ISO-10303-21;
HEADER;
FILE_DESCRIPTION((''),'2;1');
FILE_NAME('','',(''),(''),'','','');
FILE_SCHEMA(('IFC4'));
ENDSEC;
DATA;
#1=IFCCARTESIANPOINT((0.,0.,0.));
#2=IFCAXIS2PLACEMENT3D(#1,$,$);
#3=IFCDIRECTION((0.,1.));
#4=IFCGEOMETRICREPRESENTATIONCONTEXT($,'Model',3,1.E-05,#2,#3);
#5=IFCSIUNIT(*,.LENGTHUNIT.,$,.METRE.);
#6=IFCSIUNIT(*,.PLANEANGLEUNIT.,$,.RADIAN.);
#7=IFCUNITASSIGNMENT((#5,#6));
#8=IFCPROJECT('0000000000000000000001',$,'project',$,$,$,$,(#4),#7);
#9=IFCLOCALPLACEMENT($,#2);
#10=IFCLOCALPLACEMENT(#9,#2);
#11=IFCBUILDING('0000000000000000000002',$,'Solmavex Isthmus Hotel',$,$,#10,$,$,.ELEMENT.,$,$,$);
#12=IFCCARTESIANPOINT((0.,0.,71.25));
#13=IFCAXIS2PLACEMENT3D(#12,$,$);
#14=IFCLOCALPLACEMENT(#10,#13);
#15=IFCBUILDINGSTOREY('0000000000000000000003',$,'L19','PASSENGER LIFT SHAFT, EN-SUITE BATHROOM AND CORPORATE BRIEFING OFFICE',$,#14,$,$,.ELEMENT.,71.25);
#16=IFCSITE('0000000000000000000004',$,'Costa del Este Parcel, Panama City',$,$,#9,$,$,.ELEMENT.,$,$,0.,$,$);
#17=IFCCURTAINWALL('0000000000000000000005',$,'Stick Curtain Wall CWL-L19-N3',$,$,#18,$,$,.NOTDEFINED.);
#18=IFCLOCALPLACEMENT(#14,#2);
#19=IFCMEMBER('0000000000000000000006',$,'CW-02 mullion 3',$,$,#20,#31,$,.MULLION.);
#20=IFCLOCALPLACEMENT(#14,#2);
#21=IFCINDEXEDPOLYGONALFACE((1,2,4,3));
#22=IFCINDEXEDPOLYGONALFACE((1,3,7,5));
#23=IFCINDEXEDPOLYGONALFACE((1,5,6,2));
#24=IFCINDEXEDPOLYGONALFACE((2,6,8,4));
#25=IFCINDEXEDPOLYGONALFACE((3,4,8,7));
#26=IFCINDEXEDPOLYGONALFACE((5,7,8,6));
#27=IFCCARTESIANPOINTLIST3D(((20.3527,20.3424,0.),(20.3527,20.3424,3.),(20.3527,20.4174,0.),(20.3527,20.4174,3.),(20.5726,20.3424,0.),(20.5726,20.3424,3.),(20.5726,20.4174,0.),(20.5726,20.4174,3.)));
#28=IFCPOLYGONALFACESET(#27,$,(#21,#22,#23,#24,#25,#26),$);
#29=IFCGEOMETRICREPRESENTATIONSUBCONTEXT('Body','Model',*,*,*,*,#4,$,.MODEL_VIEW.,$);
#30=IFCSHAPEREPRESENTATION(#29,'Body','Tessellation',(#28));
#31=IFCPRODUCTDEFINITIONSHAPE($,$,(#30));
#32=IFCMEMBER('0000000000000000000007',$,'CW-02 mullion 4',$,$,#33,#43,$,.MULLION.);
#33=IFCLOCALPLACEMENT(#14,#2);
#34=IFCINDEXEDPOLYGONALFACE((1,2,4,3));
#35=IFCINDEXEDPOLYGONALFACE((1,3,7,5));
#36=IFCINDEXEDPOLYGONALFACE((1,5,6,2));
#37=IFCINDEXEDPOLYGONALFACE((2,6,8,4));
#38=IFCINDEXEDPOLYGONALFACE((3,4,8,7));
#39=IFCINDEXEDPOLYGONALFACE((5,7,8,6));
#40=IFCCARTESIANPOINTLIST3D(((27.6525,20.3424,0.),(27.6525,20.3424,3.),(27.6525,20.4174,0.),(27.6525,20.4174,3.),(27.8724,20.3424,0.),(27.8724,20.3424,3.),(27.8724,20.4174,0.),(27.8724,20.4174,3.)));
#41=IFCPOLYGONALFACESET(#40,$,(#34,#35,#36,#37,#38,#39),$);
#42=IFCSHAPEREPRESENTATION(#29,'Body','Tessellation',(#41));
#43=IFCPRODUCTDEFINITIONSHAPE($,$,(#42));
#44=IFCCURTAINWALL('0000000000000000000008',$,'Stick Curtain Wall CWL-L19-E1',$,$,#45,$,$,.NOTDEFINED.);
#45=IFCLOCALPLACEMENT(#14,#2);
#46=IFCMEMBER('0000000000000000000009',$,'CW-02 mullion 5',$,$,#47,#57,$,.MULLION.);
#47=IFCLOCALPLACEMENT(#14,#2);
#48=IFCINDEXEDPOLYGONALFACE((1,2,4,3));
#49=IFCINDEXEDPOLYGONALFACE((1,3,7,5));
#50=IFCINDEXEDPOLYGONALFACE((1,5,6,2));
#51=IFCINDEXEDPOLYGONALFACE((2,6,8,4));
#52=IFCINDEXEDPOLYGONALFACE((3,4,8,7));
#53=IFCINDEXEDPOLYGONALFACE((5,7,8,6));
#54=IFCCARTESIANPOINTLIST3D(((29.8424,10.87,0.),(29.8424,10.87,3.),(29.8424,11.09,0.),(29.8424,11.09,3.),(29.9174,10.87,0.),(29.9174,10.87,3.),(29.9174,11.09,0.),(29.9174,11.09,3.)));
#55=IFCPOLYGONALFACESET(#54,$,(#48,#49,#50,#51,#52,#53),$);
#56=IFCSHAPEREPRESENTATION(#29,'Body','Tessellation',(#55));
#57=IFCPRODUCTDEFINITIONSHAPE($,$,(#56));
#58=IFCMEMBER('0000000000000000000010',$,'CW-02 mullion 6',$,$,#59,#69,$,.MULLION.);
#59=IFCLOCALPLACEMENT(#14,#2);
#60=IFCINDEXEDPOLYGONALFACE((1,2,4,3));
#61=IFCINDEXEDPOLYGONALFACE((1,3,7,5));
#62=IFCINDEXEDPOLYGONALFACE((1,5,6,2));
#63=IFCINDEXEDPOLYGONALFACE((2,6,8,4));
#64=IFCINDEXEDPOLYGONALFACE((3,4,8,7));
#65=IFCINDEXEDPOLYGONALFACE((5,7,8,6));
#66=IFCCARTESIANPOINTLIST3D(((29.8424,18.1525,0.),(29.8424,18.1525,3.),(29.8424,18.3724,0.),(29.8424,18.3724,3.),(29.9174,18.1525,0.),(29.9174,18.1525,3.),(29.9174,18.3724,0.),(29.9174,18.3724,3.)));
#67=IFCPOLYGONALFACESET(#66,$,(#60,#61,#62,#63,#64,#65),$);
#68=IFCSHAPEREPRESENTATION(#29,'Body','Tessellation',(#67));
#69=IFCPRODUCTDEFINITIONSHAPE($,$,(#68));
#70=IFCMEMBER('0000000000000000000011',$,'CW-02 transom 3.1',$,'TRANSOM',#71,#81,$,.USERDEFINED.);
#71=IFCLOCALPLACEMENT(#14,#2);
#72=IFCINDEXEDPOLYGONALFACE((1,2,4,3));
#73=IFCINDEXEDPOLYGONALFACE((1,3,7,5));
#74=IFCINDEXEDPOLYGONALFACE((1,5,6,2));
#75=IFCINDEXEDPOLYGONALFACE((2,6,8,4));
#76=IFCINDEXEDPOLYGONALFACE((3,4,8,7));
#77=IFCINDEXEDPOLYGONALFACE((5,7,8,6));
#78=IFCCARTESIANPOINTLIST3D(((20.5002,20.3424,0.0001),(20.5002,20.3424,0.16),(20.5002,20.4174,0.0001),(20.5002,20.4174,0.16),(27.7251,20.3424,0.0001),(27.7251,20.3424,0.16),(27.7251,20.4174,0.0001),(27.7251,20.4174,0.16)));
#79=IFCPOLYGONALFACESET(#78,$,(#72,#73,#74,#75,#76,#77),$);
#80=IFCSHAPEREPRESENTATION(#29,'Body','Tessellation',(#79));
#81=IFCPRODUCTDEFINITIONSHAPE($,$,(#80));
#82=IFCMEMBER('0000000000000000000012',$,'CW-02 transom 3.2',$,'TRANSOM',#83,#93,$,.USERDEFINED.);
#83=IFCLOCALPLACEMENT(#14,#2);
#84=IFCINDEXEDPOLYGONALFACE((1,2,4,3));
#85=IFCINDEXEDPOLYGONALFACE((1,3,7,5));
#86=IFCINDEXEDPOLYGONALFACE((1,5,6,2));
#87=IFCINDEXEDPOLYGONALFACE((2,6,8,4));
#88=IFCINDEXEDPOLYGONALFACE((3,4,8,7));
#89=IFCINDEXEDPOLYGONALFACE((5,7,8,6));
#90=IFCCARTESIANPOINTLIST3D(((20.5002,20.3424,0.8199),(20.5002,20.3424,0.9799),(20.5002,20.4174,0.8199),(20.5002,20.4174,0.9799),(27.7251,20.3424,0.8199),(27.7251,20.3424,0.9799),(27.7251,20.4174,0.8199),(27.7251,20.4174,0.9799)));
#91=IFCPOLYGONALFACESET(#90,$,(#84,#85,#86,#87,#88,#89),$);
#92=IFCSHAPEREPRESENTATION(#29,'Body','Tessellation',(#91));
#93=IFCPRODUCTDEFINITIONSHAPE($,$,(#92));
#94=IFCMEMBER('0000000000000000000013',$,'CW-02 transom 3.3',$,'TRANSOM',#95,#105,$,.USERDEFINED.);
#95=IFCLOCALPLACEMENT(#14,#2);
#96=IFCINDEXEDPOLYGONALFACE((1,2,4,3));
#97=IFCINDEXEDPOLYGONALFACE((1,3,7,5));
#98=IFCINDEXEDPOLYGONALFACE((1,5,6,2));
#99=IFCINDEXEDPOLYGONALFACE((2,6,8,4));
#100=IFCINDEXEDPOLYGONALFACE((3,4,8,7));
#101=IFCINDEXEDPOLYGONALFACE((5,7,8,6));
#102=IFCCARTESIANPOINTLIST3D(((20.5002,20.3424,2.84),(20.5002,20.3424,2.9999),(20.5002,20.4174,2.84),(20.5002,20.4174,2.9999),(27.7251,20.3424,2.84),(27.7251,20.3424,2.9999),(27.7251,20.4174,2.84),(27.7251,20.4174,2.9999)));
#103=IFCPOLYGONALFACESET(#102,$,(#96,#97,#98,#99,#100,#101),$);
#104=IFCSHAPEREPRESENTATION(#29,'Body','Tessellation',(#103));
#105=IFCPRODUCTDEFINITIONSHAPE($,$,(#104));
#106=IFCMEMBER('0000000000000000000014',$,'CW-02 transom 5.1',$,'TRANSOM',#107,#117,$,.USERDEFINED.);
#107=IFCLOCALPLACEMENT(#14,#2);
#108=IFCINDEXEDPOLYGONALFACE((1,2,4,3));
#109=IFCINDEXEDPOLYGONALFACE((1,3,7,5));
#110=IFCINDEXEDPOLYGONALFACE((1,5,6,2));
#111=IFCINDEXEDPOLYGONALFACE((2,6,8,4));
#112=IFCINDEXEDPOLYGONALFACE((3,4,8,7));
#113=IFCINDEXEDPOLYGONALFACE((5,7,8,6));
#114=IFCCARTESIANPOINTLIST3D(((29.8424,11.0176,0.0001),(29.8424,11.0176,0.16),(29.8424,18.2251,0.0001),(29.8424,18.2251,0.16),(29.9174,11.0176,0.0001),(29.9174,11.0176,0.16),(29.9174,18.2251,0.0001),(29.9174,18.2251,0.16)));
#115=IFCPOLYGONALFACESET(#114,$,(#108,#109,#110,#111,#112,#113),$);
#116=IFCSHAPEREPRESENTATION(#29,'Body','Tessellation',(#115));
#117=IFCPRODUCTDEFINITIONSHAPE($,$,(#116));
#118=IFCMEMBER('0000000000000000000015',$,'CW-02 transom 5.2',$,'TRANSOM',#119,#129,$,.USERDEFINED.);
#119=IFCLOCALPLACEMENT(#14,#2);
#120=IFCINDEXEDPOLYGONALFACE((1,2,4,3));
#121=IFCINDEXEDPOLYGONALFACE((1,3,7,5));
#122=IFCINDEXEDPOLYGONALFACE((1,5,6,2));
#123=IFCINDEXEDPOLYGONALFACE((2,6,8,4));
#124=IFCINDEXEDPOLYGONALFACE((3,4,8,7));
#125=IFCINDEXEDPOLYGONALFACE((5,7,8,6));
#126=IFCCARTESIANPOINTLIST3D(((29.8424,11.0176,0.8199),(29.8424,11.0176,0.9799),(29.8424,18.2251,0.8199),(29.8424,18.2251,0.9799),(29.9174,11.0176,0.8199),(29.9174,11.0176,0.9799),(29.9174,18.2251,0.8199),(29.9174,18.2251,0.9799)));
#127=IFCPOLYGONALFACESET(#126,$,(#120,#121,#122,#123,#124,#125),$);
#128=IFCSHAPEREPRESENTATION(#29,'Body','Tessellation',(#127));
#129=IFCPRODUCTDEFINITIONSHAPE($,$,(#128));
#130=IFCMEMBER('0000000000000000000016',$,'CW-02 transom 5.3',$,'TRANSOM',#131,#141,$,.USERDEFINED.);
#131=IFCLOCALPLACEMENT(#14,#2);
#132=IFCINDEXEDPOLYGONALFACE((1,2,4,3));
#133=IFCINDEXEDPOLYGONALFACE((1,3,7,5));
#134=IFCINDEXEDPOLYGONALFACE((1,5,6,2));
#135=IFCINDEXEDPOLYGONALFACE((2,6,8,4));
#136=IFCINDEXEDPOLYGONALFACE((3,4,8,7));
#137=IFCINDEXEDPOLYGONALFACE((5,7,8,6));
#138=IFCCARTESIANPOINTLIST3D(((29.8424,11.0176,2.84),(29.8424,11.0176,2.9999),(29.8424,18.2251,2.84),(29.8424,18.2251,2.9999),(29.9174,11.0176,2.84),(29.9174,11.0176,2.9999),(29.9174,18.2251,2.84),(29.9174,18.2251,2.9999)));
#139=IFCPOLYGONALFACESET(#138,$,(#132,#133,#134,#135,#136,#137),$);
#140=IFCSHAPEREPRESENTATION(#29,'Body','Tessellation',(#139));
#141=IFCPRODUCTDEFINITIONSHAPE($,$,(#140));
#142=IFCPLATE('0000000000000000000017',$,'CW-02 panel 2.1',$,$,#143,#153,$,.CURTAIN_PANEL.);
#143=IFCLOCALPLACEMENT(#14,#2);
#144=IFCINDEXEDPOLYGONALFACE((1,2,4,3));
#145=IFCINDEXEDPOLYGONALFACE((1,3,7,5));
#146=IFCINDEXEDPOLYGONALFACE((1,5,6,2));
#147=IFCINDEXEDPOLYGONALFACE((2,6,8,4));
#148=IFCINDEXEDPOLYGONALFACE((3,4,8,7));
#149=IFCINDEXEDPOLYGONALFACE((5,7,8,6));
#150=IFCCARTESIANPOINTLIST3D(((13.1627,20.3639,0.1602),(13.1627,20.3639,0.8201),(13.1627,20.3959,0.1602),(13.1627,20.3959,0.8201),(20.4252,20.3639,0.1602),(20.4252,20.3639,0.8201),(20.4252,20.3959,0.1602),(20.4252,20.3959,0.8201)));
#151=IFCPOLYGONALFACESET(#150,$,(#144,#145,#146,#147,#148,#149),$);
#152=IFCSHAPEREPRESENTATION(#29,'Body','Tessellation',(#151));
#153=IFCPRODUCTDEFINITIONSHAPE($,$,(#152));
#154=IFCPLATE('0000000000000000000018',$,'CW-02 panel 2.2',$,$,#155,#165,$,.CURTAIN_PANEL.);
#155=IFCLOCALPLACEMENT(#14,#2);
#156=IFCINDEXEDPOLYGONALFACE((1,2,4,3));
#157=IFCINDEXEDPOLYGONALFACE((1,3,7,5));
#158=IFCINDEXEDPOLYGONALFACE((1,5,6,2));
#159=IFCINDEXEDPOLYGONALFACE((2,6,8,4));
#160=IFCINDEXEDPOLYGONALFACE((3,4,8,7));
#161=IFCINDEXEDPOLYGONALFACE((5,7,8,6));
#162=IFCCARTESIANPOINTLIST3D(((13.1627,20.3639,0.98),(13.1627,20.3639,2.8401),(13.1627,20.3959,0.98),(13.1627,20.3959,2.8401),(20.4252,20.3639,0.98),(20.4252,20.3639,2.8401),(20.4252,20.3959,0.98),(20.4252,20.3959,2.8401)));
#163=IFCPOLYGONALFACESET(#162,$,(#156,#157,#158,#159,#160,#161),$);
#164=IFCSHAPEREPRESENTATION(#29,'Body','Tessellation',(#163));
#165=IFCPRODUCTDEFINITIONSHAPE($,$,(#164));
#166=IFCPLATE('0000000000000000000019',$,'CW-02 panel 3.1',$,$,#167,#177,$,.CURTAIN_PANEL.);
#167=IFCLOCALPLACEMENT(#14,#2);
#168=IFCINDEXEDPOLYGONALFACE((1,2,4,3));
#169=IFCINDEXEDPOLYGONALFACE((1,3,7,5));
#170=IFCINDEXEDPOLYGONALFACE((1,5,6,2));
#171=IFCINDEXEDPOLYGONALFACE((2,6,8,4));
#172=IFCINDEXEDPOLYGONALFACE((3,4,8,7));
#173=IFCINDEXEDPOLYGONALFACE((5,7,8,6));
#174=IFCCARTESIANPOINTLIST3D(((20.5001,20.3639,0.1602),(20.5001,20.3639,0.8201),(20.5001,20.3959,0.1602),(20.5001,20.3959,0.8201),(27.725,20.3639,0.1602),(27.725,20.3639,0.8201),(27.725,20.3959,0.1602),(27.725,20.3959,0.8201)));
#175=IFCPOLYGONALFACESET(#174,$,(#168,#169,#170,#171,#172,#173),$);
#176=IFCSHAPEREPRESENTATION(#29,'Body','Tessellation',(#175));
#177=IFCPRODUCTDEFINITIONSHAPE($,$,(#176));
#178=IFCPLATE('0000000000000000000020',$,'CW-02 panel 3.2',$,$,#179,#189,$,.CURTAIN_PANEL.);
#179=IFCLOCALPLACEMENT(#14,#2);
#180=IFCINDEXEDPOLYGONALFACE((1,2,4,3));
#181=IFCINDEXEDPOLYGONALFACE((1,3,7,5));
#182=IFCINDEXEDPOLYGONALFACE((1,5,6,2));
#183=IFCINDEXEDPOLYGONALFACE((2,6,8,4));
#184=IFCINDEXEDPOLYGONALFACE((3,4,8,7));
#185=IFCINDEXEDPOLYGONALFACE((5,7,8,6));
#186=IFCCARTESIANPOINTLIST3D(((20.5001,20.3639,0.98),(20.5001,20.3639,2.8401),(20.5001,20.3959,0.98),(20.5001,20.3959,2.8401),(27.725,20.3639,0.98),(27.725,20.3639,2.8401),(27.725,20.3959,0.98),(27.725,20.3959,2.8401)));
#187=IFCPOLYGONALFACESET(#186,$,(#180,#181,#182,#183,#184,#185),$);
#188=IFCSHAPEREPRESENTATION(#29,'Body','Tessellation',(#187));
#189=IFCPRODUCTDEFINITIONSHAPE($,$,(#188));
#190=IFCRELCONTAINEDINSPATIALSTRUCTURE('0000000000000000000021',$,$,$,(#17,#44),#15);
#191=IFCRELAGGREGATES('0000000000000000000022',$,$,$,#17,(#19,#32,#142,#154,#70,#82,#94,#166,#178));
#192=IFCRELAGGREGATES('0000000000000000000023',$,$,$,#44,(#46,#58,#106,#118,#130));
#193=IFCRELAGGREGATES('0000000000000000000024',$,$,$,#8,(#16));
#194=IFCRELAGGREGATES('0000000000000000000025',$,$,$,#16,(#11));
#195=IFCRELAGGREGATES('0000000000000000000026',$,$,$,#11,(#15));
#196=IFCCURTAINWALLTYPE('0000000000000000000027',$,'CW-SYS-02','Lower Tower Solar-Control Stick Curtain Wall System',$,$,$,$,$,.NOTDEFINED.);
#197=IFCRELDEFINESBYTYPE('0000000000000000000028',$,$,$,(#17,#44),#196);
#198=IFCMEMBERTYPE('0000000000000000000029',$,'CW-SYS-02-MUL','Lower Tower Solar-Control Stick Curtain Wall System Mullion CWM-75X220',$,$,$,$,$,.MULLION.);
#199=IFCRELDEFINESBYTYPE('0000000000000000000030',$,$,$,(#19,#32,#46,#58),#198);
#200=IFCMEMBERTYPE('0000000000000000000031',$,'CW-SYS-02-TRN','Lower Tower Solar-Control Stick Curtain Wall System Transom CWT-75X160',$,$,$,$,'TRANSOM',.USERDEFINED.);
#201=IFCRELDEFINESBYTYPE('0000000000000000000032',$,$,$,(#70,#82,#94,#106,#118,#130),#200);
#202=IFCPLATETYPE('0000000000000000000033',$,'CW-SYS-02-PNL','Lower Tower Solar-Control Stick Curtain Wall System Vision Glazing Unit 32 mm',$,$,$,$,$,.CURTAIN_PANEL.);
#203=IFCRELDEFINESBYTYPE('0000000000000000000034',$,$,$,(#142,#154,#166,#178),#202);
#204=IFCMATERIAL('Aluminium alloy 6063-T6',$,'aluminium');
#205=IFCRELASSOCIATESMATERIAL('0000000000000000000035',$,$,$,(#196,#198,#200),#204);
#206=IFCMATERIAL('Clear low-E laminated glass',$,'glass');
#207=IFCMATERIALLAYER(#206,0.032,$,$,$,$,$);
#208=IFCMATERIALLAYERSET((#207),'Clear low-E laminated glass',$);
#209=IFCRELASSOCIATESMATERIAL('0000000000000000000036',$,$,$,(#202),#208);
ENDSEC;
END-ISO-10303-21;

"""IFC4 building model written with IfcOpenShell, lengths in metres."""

from ifc_helpers import new_model, si_unit, direction, frame, origin, origin_2d, place, context, subcontext, project, spatial, rectangle, extrude, material, layer, layer_set, material_profile, profile_set, type_object, element, aggregate, save


model = new_model("IFC4")

# Units and contexts
model_context = context("Model", 3, precision=1e-05, world=origin(), true_north=direction((0.0, 1.0)))
body_context = subcontext(model_context, "Body", "Model", "MODEL_VIEW")
ifc_project = project(units=[si_unit("LENGTHUNIT", "METRE"), si_unit("PLANEANGLEUNIT", "RADIAN")], contexts=[model_context])

# Site, building, storey
site_placement = place(None, origin())
site = spatial("IfcSite", under=ifc_project, at=site_placement, Name="Costa del Este Parcel, Panama City", CompositionType="ELEMENT", RefElevation=0.0)
building_placement = place(site_placement, origin())
building = spatial("IfcBuilding", under=site, at=building_placement, Name="Solmavex Isthmus Hotel", CompositionType="ELEMENT")
storey_placement = place(building_placement, frame((0.0, 0.0, 71.25)))
storey = spatial("IfcBuildingStorey", under=building, at=storey_placement, Name="L19", Description="PASSENGER LIFT SHAFT, EN-SUITE BATHROOM AND CORPORATE BRIEFING OFFICE", CompositionType="ELEMENT", Elevation=71.25)

# Curtain walls, members
ifc_material_1 = material(Name="Aluminium alloy 6063-T6", Category="aluminium")
curtain_wall_type = type_object("IfcCurtainWallType", Name="CW-SYS-02", Description="Lower Tower Solar-Control Stick Curtain Wall System", PredefinedType="NOTDEFINED", material=ifc_material_1)
curtain_wall_1_placement = place(storey_placement, origin())
curtain_wall_1 = element("IfcCurtainWall", 1, at=curtain_wall_1_placement, inside=storey, type_object=curtain_wall_type, Name="Stick Curtain Wall CWL-L19-N3", PredefinedType="NOTDEFINED")
ifc_material_profile_1 = material_profile(ifc_material_1, rectangle(XDim=0.075, YDim=0.22, at=origin_2d()), Name="CWM-75X220")
ifc_profile_set_1 = profile_set([ifc_material_profile_1], Name="Aluminium alloy 6063-T6")
member_type_1 = type_object("IfcMemberType", Name="CW-SYS-02-MUL", Description="Lower Tower Solar-Control Stick Curtain Wall System Mullion CWM-75X220", PredefinedType="MULLION", material=ifc_profile_set_1)
member_1_placement = place(storey_placement, frame((20.4626, 20.3799, 0.0), z_axis=(0.0, 0.0, 1.0), x_axis=(0.0, 1.0, 0.0)))
member_1 = element("IfcMember", 2, at=member_1_placement, type_object=member_type_1, Name="CW-02 mullion 3", PredefinedType="MULLION", context=body_context, shape_type="SweptSolid", body=[
    extrude(rectangle(XDim=0.075, YDim=0.22, at=origin_2d()), origin(), (0.0, 0.0, 1.0), 3.0),
])
member_2_placement = place(storey_placement, frame((27.7625, 20.3799, 0.0), z_axis=(0.0, 0.0, 1.0), x_axis=(0.0, 1.0, 0.0)))
member_2 = element("IfcMember", 3, at=member_2_placement, type_object=member_type_1, Name="CW-02 mullion 4", PredefinedType="MULLION", context=body_context, shape_type="SweptSolid", body=[
    extrude(rectangle(XDim=0.075, YDim=0.22, at=origin_2d()), origin(), (0.0, 0.0, 1.0), 3.0),
])
curtain_wall_2_placement = place(storey_placement, origin())
curtain_wall_2 = element("IfcCurtainWall", 4, at=curtain_wall_2_placement, inside=storey, type_object=curtain_wall_type, Name="Stick Curtain Wall CWL-L19-E1", PredefinedType="NOTDEFINED")
member_3_placement = place(storey_placement, frame((29.8799, 10.98, 0.0), z_axis=(0.0, 0.0, 1.0), x_axis=(-1.0, 0.0, 0.0)))
member_3 = element("IfcMember", 5, at=member_3_placement, type_object=member_type_1, Name="CW-02 mullion 5", PredefinedType="MULLION", context=body_context, shape_type="SweptSolid", body=[
    extrude(rectangle(XDim=0.075, YDim=0.22, at=origin_2d()), origin(), (0.0, 0.0, 1.0), 3.0),
])
member_4_placement = place(storey_placement, frame((29.8799, 18.2625, 0.0), z_axis=(0.0, 0.0, 1.0), x_axis=(-1.0, 0.0, 0.0)))
member_4 = element("IfcMember", 6, at=member_4_placement, type_object=member_type_1, Name="CW-02 mullion 6", PredefinedType="MULLION", context=body_context, shape_type="SweptSolid", body=[
    extrude(rectangle(XDim=0.075, YDim=0.22, at=origin_2d()), origin(), (0.0, 0.0, 1.0), 3.0),
])

# Members
ifc_material_profile_2 = material_profile(ifc_material_1, rectangle(XDim=0.075, YDim=0.1599, at=origin_2d()), Name="CWT-75X160")
ifc_profile_set_2 = profile_set([ifc_material_profile_2], Name="Aluminium alloy 6063-T6")
member_type_2 = type_object("IfcMemberType", Name="CW-SYS-02-TRN", Description="Lower Tower Solar-Control Stick Curtain Wall System Transom CWT-75X160", ElementType="TRANSOM", PredefinedType="USERDEFINED", material=ifc_profile_set_2)
member_5_placement = place(storey_placement, frame((20.5002, 20.3799, 0.0801), z_axis=(1.0, 0.0, 0.0), x_axis=(0.0, 1.0, 0.0)))
member_5 = element("IfcMember", 7, at=member_5_placement, type_object=member_type_2, Name="CW-02 transom 3.1", ObjectType="TRANSOM", PredefinedType="USERDEFINED", context=body_context, shape_type="SweptSolid", body=[
    extrude(rectangle(XDim=0.075, YDim=0.1599, at=origin_2d()), origin(), (0.0, 0.0, 1.0), 7.2249),
])
member_6_placement = place(storey_placement, frame((20.5002, 20.3799, 0.8999), z_axis=(1.0, 0.0, 0.0), x_axis=(0.0, 1.0, 0.0)))
member_6 = element("IfcMember", 8, at=member_6_placement, type_object=member_type_2, Name="CW-02 transom 3.2", ObjectType="TRANSOM", PredefinedType="USERDEFINED", context=body_context, shape_type="SweptSolid", body=[
    extrude(rectangle(XDim=0.075, YDim=0.1599, at=origin_2d()), origin(), (0.0, 0.0, 1.0), 7.2249),
])
member_7_placement = place(storey_placement, frame((20.5002, 20.3799, 2.9199), z_axis=(1.0, 0.0, 0.0), x_axis=(0.0, 1.0, 0.0)))
member_7 = element("IfcMember", 9, at=member_7_placement, type_object=member_type_2, Name="CW-02 transom 3.3", ObjectType="TRANSOM", PredefinedType="USERDEFINED", context=body_context, shape_type="SweptSolid", body=[
    extrude(rectangle(XDim=0.075, YDim=0.1599, at=origin_2d()), origin(), (0.0, 0.0, 1.0), 7.2249),
])
member_8_placement = place(storey_placement, frame((29.8799, 11.0176, 0.0801), z_axis=(0.0, 1.0, 0.0), x_axis=(-1.0, 0.0, 0.0)))
member_8 = element("IfcMember", 10, at=member_8_placement, type_object=member_type_2, Name="CW-02 transom 5.1", ObjectType="TRANSOM", PredefinedType="USERDEFINED", context=body_context, shape_type="SweptSolid", body=[
    extrude(rectangle(XDim=0.075, YDim=0.1599, at=origin_2d()), origin(), (0.0, 0.0, 1.0), 7.2075),
])
member_9_placement = place(storey_placement, frame((29.8799, 11.0176, 0.8999), z_axis=(0.0, 1.0, 0.0), x_axis=(-1.0, 0.0, 0.0)))
member_9 = element("IfcMember", 11, at=member_9_placement, type_object=member_type_2, Name="CW-02 transom 5.2", ObjectType="TRANSOM", PredefinedType="USERDEFINED", context=body_context, shape_type="SweptSolid", body=[
    extrude(rectangle(XDim=0.075, YDim=0.1599, at=origin_2d()), origin(), (0.0, 0.0, 1.0), 7.2075),
])
member_10_placement = place(storey_placement, frame((29.8799, 11.0176, 2.9199), z_axis=(0.0, 1.0, 0.0), x_axis=(-1.0, 0.0, 0.0)))
member_10 = element("IfcMember", 12, at=member_10_placement, type_object=member_type_2, Name="CW-02 transom 5.3", ObjectType="TRANSOM", PredefinedType="USERDEFINED", context=body_context, shape_type="SweptSolid", body=[
    extrude(rectangle(XDim=0.075, YDim=0.1599, at=origin_2d()), origin(), (0.0, 0.0, 1.0), 7.2075),
])

# Plates
ifc_material_2 = material(Name="Clear low-E laminated glass", Category="glass")
ifc_layer_1 = layer(ifc_material_2, 0.032)
ifc_layer_set_1 = layer_set([ifc_layer_1], Name="Clear low-E laminated glass")
plate_type = type_object("IfcPlateType", Name="CW-SYS-02-PNL", Description="Lower Tower Solar-Control Stick Curtain Wall System Vision Glazing Unit 32 mm", PredefinedType="CURTAIN_PANEL", material=ifc_layer_set_1)
plate_1_placement = place(storey_placement, frame((16.7939, 20.3799, 0.1602), z_axis=(0.0, 0.0, 1.0), x_axis=(1.0, 0.0, 0.0)))
plate_1 = element("IfcPlate", 13, at=plate_1_placement, type_object=plate_type, Name="CW-02 panel 2.1", PredefinedType="CURTAIN_PANEL", context=body_context, shape_type="SweptSolid", body=[
    extrude(rectangle(XDim=7.2625, YDim=0.032, at=origin_2d()), origin(), (0.0, 0.0, 1.0), 0.6599),
])
plate_2_placement = place(storey_placement, frame((16.7939, 20.3799, 0.98), z_axis=(0.0, 0.0, 1.0), x_axis=(1.0, 0.0, 0.0)))
plate_2 = element("IfcPlate", 14, at=plate_2_placement, type_object=plate_type, Name="CW-02 panel 2.2", PredefinedType="CURTAIN_PANEL", context=body_context, shape_type="SweptSolid", body=[
    extrude(rectangle(XDim=7.2625, YDim=0.032, at=origin_2d()), origin(), (0.0, 0.0, 1.0), 1.8601),
])
plate_3_placement = place(storey_placement, frame((24.1125, 20.3799, 0.1602), z_axis=(0.0, 0.0, 1.0), x_axis=(1.0, 0.0, 0.0)))
plate_3 = element("IfcPlate", 15, at=plate_3_placement, type_object=plate_type, Name="CW-02 panel 3.1", PredefinedType="CURTAIN_PANEL", context=body_context, shape_type="SweptSolid", body=[
    extrude(rectangle(XDim=7.2249, YDim=0.032, at=origin_2d()), origin(), (0.0, 0.0, 1.0), 0.6599),
])
plate_4_placement = place(storey_placement, frame((24.1125, 20.3799, 0.98), z_axis=(0.0, 0.0, 1.0), x_axis=(1.0, 0.0, 0.0)))
plate_4 = element("IfcPlate", 16, at=plate_4_placement, type_object=plate_type, Name="CW-02 panel 3.2", PredefinedType="CURTAIN_PANEL", context=body_context, shape_type="SweptSolid", body=[
    extrude(rectangle(XDim=7.2249, YDim=0.032, at=origin_2d()), origin(), (0.0, 0.0, 1.0), 1.8601),
])
aggregate(curtain_wall_1, [member_1, member_2, plate_1, plate_2, member_5, member_6, member_7, plate_3, plate_4])
aggregate(curtain_wall_2, [member_3, member_4, member_8, member_9, member_10])

save(model, "model.ifc")
